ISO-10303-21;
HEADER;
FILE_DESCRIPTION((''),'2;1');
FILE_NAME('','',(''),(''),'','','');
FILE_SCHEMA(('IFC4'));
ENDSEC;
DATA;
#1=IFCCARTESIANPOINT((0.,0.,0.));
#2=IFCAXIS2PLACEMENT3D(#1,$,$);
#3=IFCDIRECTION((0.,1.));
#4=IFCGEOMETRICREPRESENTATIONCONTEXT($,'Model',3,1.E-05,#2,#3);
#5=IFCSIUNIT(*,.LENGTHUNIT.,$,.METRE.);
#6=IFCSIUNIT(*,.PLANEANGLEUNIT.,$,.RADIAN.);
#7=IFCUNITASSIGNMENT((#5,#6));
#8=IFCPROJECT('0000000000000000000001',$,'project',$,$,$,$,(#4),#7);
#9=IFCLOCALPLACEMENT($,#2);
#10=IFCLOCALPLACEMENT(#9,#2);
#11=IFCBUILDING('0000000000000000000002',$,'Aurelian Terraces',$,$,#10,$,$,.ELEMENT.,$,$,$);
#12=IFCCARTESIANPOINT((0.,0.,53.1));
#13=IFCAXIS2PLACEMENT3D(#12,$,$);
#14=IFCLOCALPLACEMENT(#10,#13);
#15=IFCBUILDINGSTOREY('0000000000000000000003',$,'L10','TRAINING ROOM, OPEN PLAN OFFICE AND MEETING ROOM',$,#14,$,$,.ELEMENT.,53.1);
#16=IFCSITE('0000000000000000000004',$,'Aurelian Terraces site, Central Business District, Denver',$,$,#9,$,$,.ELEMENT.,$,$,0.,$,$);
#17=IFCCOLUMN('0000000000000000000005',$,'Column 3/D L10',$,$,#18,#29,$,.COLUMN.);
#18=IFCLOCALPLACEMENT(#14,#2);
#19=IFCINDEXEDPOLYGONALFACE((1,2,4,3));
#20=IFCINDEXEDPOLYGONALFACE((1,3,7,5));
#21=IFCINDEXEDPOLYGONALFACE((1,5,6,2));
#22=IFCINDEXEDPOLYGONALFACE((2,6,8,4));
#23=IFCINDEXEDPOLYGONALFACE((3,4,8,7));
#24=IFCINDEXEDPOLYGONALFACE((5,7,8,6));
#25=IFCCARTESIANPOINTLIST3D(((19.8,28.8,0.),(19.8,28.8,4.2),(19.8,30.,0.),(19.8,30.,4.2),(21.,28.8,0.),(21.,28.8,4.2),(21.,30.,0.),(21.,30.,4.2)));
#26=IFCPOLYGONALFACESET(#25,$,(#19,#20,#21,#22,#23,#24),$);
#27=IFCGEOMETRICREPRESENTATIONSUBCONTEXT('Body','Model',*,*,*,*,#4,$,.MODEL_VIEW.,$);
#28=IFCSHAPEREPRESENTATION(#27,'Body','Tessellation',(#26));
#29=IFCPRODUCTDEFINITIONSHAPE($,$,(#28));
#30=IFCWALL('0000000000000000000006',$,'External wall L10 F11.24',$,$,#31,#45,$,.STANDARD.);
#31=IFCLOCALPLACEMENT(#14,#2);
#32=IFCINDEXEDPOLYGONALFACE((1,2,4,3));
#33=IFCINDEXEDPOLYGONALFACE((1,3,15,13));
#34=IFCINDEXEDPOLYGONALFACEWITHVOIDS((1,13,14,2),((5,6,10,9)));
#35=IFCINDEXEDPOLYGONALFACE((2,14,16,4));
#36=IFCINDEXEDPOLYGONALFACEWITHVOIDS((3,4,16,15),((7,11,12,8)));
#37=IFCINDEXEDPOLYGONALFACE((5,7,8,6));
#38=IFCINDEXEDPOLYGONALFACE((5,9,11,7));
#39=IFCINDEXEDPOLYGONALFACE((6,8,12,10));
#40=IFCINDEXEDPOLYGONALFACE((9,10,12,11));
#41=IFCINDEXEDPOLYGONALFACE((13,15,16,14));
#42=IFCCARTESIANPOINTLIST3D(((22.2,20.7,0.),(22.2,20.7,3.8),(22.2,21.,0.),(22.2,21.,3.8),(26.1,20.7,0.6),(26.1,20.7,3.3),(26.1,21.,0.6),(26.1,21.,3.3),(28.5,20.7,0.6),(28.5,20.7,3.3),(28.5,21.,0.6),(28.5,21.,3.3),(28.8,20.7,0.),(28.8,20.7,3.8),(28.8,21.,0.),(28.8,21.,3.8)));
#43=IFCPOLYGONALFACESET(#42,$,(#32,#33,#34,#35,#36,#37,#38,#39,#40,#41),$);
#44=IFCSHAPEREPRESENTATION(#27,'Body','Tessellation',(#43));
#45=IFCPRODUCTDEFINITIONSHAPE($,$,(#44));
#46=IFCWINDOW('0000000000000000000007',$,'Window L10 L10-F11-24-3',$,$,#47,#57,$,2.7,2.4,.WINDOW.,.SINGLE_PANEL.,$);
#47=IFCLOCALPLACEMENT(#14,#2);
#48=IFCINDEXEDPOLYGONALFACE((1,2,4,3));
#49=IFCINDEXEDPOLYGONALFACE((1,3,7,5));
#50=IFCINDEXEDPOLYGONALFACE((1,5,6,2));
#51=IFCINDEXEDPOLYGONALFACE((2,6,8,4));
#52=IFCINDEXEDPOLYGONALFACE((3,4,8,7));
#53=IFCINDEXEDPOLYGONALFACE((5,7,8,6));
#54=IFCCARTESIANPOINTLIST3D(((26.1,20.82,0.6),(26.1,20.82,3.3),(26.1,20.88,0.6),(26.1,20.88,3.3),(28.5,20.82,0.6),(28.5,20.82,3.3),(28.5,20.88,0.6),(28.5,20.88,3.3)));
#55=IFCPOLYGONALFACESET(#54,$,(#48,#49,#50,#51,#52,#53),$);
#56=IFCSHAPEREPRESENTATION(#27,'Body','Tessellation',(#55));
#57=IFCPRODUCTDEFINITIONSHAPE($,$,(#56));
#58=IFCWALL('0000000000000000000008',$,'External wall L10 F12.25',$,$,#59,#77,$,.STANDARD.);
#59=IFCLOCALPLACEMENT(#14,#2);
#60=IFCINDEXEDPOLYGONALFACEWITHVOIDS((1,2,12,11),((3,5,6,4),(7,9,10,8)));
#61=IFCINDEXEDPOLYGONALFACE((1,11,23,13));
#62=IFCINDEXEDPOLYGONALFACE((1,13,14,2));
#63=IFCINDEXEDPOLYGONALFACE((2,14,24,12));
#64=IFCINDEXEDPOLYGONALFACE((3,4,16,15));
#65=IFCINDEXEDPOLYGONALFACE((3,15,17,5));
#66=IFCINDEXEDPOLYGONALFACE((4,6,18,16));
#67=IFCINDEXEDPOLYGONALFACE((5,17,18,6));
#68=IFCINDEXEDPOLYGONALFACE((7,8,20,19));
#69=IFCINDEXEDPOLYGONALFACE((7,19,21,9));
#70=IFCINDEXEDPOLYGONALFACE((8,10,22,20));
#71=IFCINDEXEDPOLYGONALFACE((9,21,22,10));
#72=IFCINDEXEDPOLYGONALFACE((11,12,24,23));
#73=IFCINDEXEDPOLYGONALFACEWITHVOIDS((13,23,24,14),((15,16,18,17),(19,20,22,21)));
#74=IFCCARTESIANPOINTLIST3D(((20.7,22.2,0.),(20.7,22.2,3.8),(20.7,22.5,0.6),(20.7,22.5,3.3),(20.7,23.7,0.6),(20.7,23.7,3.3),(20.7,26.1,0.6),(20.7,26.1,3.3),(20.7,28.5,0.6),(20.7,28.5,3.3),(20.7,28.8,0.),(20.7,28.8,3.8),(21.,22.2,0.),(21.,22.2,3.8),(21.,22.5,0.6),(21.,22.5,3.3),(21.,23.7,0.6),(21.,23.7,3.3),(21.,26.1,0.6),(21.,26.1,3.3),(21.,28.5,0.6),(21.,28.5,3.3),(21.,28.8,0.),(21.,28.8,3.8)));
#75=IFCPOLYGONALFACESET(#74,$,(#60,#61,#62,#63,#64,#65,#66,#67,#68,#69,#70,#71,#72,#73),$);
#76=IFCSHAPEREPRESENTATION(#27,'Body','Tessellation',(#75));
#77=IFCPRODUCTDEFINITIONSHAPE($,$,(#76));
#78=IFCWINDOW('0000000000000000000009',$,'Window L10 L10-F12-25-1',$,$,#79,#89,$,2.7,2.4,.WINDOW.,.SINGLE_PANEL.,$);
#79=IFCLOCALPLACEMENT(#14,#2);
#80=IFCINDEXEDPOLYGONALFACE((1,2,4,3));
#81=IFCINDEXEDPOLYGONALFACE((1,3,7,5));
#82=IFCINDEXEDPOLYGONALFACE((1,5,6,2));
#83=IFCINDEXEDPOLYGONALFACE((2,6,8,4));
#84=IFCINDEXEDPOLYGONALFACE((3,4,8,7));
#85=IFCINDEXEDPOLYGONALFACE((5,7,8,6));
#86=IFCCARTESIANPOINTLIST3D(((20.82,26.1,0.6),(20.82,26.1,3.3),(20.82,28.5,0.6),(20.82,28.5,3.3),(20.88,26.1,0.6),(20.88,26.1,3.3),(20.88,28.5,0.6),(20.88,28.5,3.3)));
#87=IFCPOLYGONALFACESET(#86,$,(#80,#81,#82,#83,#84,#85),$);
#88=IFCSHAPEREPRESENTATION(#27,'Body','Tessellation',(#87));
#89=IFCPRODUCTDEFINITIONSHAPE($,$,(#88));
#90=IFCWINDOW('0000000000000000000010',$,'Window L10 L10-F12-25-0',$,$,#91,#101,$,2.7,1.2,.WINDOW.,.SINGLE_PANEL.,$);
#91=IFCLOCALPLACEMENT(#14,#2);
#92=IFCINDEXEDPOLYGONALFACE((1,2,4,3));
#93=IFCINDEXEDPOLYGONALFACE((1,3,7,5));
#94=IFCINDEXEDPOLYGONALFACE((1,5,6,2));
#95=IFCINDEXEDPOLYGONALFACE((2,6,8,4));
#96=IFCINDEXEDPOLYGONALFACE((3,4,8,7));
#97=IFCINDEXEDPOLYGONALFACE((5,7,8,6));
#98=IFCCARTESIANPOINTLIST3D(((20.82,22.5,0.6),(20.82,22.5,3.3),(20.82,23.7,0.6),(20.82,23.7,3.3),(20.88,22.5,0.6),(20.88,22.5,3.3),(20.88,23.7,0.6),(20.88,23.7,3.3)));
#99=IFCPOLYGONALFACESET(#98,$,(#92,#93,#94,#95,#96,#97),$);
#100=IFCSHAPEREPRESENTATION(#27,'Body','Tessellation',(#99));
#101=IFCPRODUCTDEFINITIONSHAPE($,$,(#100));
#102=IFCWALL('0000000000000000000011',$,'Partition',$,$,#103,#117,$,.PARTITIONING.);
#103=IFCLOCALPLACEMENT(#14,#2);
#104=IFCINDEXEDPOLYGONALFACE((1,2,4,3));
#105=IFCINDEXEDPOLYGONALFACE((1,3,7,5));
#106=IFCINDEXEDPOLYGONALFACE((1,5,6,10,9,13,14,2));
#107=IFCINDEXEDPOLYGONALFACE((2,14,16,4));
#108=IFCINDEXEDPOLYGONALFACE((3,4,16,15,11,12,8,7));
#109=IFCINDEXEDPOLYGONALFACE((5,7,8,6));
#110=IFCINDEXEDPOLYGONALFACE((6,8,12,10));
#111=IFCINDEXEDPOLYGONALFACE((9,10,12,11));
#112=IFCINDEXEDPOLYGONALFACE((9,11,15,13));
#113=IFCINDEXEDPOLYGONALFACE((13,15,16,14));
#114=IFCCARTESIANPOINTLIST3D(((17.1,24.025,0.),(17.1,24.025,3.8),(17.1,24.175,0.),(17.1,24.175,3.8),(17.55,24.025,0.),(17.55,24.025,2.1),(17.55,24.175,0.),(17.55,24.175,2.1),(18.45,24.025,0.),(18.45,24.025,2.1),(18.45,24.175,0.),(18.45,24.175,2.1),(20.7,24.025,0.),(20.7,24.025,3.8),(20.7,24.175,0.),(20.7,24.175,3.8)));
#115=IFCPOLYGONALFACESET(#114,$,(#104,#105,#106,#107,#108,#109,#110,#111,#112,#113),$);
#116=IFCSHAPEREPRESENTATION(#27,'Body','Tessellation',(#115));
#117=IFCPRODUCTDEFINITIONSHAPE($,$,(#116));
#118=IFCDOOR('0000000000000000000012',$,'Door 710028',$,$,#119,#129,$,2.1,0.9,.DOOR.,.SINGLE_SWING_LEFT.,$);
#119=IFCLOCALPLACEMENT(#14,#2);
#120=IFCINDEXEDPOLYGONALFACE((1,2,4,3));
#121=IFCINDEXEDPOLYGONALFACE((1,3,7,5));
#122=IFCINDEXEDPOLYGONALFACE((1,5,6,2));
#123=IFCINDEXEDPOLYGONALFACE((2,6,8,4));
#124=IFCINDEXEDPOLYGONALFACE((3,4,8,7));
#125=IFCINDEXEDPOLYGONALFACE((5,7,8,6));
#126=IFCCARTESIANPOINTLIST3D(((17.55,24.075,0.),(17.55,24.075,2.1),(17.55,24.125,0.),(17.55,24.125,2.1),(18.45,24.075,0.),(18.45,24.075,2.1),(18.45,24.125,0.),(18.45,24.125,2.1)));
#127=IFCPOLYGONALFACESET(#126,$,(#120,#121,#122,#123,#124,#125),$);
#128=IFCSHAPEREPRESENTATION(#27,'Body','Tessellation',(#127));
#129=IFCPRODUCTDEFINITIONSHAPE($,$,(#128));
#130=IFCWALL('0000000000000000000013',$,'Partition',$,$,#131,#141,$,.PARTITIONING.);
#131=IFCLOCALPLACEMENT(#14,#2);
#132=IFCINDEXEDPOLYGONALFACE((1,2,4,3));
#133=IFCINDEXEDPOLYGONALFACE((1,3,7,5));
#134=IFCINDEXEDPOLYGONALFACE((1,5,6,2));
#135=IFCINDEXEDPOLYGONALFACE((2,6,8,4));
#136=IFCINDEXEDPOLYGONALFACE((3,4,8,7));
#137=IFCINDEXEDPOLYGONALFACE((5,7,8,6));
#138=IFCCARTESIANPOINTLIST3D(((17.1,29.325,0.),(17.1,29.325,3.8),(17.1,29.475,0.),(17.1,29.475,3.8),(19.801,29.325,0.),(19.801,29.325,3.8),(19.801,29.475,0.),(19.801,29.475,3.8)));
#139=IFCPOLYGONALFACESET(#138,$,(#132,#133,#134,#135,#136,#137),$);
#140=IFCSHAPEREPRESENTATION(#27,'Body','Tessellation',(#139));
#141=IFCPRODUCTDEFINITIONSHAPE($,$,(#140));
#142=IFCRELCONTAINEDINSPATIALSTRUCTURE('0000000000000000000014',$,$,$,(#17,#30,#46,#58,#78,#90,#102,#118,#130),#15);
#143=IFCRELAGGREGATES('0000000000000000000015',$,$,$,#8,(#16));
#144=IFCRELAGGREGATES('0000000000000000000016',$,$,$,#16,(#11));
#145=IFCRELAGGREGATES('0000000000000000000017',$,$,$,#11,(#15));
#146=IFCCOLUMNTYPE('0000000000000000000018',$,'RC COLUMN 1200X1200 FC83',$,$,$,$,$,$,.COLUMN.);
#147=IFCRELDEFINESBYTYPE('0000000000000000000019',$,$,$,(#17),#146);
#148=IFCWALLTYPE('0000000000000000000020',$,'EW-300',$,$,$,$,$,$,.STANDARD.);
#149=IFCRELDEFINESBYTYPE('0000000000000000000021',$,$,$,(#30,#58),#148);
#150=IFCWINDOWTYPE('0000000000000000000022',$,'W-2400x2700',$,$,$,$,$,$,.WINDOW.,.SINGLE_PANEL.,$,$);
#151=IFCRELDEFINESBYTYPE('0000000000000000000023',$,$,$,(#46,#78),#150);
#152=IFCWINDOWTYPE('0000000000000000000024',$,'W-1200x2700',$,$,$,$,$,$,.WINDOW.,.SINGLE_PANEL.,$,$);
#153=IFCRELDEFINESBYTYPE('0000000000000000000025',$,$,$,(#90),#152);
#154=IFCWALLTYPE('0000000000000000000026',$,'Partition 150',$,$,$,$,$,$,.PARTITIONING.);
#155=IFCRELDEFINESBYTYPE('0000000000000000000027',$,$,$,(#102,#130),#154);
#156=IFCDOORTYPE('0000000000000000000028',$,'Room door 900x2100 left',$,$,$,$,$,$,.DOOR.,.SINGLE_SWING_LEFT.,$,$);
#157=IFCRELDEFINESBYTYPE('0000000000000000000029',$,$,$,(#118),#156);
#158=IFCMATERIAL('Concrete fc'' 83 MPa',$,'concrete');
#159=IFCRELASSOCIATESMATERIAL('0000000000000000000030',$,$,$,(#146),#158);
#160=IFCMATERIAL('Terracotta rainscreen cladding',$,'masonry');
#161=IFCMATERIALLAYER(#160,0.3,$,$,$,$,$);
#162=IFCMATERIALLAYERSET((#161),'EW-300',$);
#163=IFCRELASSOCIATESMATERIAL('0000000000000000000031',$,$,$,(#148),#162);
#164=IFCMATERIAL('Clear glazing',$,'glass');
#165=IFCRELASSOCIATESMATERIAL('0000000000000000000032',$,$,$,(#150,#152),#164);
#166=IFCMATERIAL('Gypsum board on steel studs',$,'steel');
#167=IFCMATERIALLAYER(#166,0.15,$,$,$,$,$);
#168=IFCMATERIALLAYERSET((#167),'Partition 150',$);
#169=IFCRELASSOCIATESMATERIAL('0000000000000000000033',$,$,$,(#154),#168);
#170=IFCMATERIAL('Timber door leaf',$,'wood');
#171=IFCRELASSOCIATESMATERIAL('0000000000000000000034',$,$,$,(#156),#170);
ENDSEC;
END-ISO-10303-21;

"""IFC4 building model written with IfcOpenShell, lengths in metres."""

from ifc_helpers import new_model, si_unit, direction, frame, frame_2d, origin, origin_2d, place, context, subcontext, project, spatial, rectangle, extrude, source, transform, mapped, material, layer, layer_set, material_profile, profile_set, type_object, element, fill, save


model = new_model("IFC4")

# Units and contexts
model_context = context("Model", 3, precision=1e-05, world=origin(), true_north=direction((0.0, 1.0)))
body_context = subcontext(model_context, "Body", "Model", "MODEL_VIEW")
ifc_project = project(units=[si_unit("LENGTHUNIT", "METRE"), si_unit("PLANEANGLEUNIT", "RADIAN")], contexts=[model_context])

# Site, building, storey
site_placement = place(None, origin())
site = spatial("IfcSite", under=ifc_project, at=site_placement, Name="Aurelian Terraces site, Central Business District, Denver", CompositionType="ELEMENT", RefElevation=0.0)
building_placement = place(site_placement, origin())
building = spatial("IfcBuilding", under=site, at=building_placement, Name="Aurelian Terraces", CompositionType="ELEMENT")
storey_placement = place(building_placement, frame((0.0, 0.0, 53.1)))
storey = spatial("IfcBuildingStorey", under=building, at=storey_placement, Name="L10", Description="TRAINING ROOM, OPEN PLAN OFFICE AND MEETING ROOM", CompositionType="ELEMENT", Elevation=53.1)

# Column
ifc_material_1 = material(Name="Concrete fc' 83 MPa", Category="concrete")
ifc_material_profile = material_profile(ifc_material_1, rectangle(XDim=1.2, YDim=1.2, at=origin_2d()))
ifc_profile_set = profile_set([ifc_material_profile], Name="Concrete fc' 83 MPa")
column_type = type_object("IfcColumnType", Name="RC COLUMN 1200X1200 FC83", PredefinedType="COLUMN", material=ifc_profile_set)
shared_shape_1 = source(origin(), body_context, "Body", "SweptSolid", [
    extrude(rectangle(XDim=1.2, YDim=1.2, at=origin_2d()), origin(), (0.0, 0.0, 1.0), 4.2),
])
column_placement = place(storey_placement, frame((20.4, 29.4, 0.0), z_axis=(0.0, 0.0, 1.0), x_axis=(1.0, 0.0, 0.0)))
element("IfcColumn", 1, at=column_placement, inside=storey, type_object=column_type, Name="Column 3/D L10", PredefinedType="COLUMN", context=body_context, shape_type="MappedRepresentation", body=[
    mapped(shared_shape_1, transform((0.0, 0.0, 0.0), scale=1.0)),
])

# Wall, opening, window
ifc_material_2 = material(Name="Terracotta rainscreen cladding", Category="masonry")
ifc_layer_1 = layer(ifc_material_2, 0.3)
ifc_layer_set_1 = layer_set([ifc_layer_1], Name="EW-300")
wall_type_1 = type_object("IfcWallType", Name="EW-300", PredefinedType="STANDARD", material=ifc_layer_set_1)
shared_shape_2 = source(origin(), body_context, "Body", "SweptSolid", [
    extrude(rectangle(XDim=6.6, YDim=0.3, at=frame_2d((3.3, 0.0))), origin(), (0.0, 0.0, 1.0), 3.8),
])
wall_1_placement = place(storey_placement, frame((28.8, 20.85, 0.0), z_axis=(0.0, 0.0, 1.0), x_axis=(-1.0, 0.0, 0.0)))
wall_1 = element("IfcWall", 2, at=wall_1_placement, inside=storey, type_object=wall_type_1, Name="External wall L10 F11.24", PredefinedType="STANDARD", context=body_context, shape_type="MappedRepresentation", body=[
    mapped(shared_shape_2, transform((0.0, 0.0, 0.0), scale=1.0)),
])
shared_shape_3 = source(origin(), body_context, "Body", "SweptSolid", [
    extrude(rectangle(XDim=2.4, YDim=2.7, at=frame_2d((1.2, 1.35))), frame((0.0, 0.16, 0.0), z_axis=(0.0, -1.0, 0.0), x_axis=(1.0, 0.0, 0.0)), (0.0, 0.0, 1.0), 0.32),
])
opening_1_placement = place(wall_1_placement, frame((0.3, 0.0, 0.6)))
opening_1 = element("IfcOpeningElement", 3, at=opening_1_placement, cuts=wall_1, PredefinedType="OPENING", context=body_context, shape_type="MappedRepresentation", body=[
    mapped(shared_shape_3, transform((0.0, 0.0, 0.0), scale=1.0)),
])
ifc_material_3 = material(Name="Clear glazing", Category="glass")
window_type_1 = type_object("IfcWindowType", Name="W-2400x2700", PartitioningType="SINGLE_PANEL", PredefinedType="WINDOW", material=ifc_material_3)
shared_shape_4 = source(origin(), body_context, "Body", "SweptSolid", [
    extrude(rectangle(XDim=2.4, YDim=2.7, at=frame_2d((1.2, 1.35))), frame((0.0, 0.03, 0.0), z_axis=(0.0, -1.0, 0.0), x_axis=(1.0, 0.0, 0.0)), (0.0, 0.0, 1.0), 0.06),
])
window_1_placement = place(opening_1_placement, origin())
window_1 = element("IfcWindow", 4, at=window_1_placement, inside=storey, type_object=window_type_1, Name="Window L10 L10-F11-24-3", OverallHeight=2.7, OverallWidth=2.4, PartitioningType="SINGLE_PANEL", PredefinedType="WINDOW", context=body_context, shape_type="MappedRepresentation", body=[
    mapped(shared_shape_4, transform((0.0, 0.0, 0.0), scale=1.0)),
])
fill(opening_1, window_1)

# Wall, openings, windows
wall_2_placement = place(storey_placement, frame((20.85, 22.2, 0.0), z_axis=(0.0, 0.0, 1.0), x_axis=(0.0, 1.0, 0.0)))
wall_2 = element("IfcWall", 5, at=wall_2_placement, inside=storey, type_object=wall_type_1, Name="External wall L10 F12.25", PredefinedType="STANDARD", context=body_context, shape_type="MappedRepresentation", body=[
    mapped(shared_shape_2, transform((0.0, 0.0, 0.0), scale=1.0)),
])
shared_shape_5 = source(origin(), body_context, "Body", "SweptSolid", [
    extrude(rectangle(XDim=1.2, YDim=2.7, at=frame_2d((0.6, 1.35))), frame((0.0, 0.16, 0.0), z_axis=(0.0, -1.0, 0.0), x_axis=(1.0, 0.0, 0.0)), (0.0, 0.0, 1.0), 0.32),
])
opening_2_placement = place(wall_2_placement, frame((0.3, 0.0, 0.6)))
opening_2 = element("IfcOpeningElement", 6, at=opening_2_placement, cuts=wall_2, PredefinedType="OPENING", context=body_context, shape_type="MappedRepresentation", body=[
    mapped(shared_shape_5, transform((0.0, 0.0, 0.0), scale=1.0)),
])
opening_3_placement = place(wall_2_placement, frame((3.9, 0.0, 0.6)))
opening_3 = element("IfcOpeningElement", 7, at=opening_3_placement, cuts=wall_2, PredefinedType="OPENING", context=body_context, shape_type="MappedRepresentation", body=[
    mapped(shared_shape_3, transform((0.0, 0.0, 0.0), scale=1.0)),
])
window_2_placement = place(opening_3_placement, origin())
window_2 = element("IfcWindow", 8, at=window_2_placement, inside=storey, type_object=window_type_1, Name="Window L10 L10-F12-25-1", OverallHeight=2.7, OverallWidth=2.4, PartitioningType="SINGLE_PANEL", PredefinedType="WINDOW", context=body_context, shape_type="MappedRepresentation", body=[
    mapped(shared_shape_4, transform((0.0, 0.0, 0.0), scale=1.0)),
])
fill(opening_3, window_2)
window_type_2 = type_object("IfcWindowType", Name="W-1200x2700", PartitioningType="SINGLE_PANEL", PredefinedType="WINDOW", material=ifc_material_3)
shared_shape_6 = source(origin(), body_context, "Body", "SweptSolid", [
    extrude(rectangle(XDim=1.2, YDim=2.7, at=frame_2d((0.6, 1.35))), frame((0.0, 0.03, 0.0), z_axis=(0.0, -1.0, 0.0), x_axis=(1.0, 0.0, 0.0)), (0.0, 0.0, 1.0), 0.06),
])
window_3_placement = place(opening_2_placement, origin())
window_3 = element("IfcWindow", 9, at=window_3_placement, inside=storey, type_object=window_type_2, Name="Window L10 L10-F12-25-0", OverallHeight=2.7, OverallWidth=1.2, PartitioningType="SINGLE_PANEL", PredefinedType="WINDOW", context=body_context, shape_type="MappedRepresentation", body=[
    mapped(shared_shape_6, transform((0.0, 0.0, 0.0), scale=1.0)),
])
fill(opening_2, window_3)

# Wall, opening, door
ifc_material_4 = material(Name="Gypsum board on steel studs", Category="steel")
ifc_layer_2 = layer(ifc_material_4, 0.15)
ifc_layer_set_2 = layer_set([ifc_layer_2], Name="Partition 150")
wall_type_2 = type_object("IfcWallType", Name="Partition 150", PredefinedType="PARTITIONING", material=ifc_layer_set_2)
shared_shape_7 = source(origin(), body_context, "Body", "SweptSolid", [
    extrude(rectangle(XDim=3.6, YDim=0.15, at=frame_2d((1.8, 0.0))), origin(), (0.0, 0.0, 1.0), 3.8),
])
wall_3_placement = place(storey_placement, frame((17.1, 24.1, 0.0), z_axis=(0.0, 0.0, 1.0), x_axis=(1.0, 0.0, 0.0)))
wall_3 = element("IfcWall", 10, at=wall_3_placement, inside=storey, type_object=wall_type_2, Name="Partition", PredefinedType="PARTITIONING", context=body_context, shape_type="MappedRepresentation", body=[
    mapped(shared_shape_7, transform((0.0, 0.0, 0.0), scale=1.0)),
])
shared_shape_8 = source(origin(), body_context, "Body", "SweptSolid", [
    extrude(rectangle(XDim=0.9, YDim=2.1, at=frame_2d((0.45, 1.05))), frame((0.0, 0.085, 0.0), z_axis=(0.0, -1.0, 0.0), x_axis=(1.0, 0.0, 0.0)), (0.0, 0.0, 1.0), 0.17),
])
opening_4_placement = place(wall_3_placement, frame((0.45, 0.0, 0.0)))
opening_4 = element("IfcOpeningElement", 11, at=opening_4_placement, cuts=wall_3, PredefinedType="OPENING", context=body_context, shape_type="MappedRepresentation", body=[
    mapped(shared_shape_8, transform((0.0, 0.0, 0.0), scale=1.0)),
])
ifc_material_5 = material(Name="Timber door leaf", Category="wood")
door_type = type_object("IfcDoorType", Name="Room door 900x2100 left", OperationType="SINGLE_SWING_LEFT", PredefinedType="DOOR", material=ifc_material_5)
shared_shape_9 = source(origin(), body_context, "Body", "SweptSolid", [
    extrude(rectangle(XDim=0.9, YDim=2.1, at=frame_2d((0.45, 1.05))), frame((0.0, 0.025, 0.0), z_axis=(0.0, -1.0, 0.0), x_axis=(1.0, 0.0, 0.0)), (0.0, 0.0, 1.0), 0.05),
])
door_placement = place(opening_4_placement, origin())
door = element("IfcDoor", 12, at=door_placement, inside=storey, type_object=door_type, Name="Door 710028", OperationType="SINGLE_SWING_LEFT", OverallHeight=2.1, OverallWidth=0.9, PredefinedType="DOOR", context=body_context, shape_type="MappedRepresentation", body=[
    mapped(shared_shape_9, transform((0.0, 0.0, 0.0), scale=1.0)),
])
fill(opening_4, door)

# Wall
shared_shape_10 = source(origin(), body_context, "Body", "SweptSolid", [
    extrude(rectangle(XDim=2.701, YDim=0.15, at=frame_2d((1.3505, 0.0))), origin(), (0.0, 0.0, 1.0), 3.8),
])
wall_4_placement = place(storey_placement, frame((19.801, 29.4, 0.0), z_axis=(0.0, 0.0, 1.0), x_axis=(-1.0, 0.0, 0.0)))
element("IfcWall", 13, at=wall_4_placement, inside=storey, type_object=wall_type_2, Name="Partition", PredefinedType="PARTITIONING", context=body_context, shape_type="MappedRepresentation", body=[
    mapped(shared_shape_10, transform((0.0, 0.0, 0.0), scale=1.0)),
])

save(model, "model.ifc")
